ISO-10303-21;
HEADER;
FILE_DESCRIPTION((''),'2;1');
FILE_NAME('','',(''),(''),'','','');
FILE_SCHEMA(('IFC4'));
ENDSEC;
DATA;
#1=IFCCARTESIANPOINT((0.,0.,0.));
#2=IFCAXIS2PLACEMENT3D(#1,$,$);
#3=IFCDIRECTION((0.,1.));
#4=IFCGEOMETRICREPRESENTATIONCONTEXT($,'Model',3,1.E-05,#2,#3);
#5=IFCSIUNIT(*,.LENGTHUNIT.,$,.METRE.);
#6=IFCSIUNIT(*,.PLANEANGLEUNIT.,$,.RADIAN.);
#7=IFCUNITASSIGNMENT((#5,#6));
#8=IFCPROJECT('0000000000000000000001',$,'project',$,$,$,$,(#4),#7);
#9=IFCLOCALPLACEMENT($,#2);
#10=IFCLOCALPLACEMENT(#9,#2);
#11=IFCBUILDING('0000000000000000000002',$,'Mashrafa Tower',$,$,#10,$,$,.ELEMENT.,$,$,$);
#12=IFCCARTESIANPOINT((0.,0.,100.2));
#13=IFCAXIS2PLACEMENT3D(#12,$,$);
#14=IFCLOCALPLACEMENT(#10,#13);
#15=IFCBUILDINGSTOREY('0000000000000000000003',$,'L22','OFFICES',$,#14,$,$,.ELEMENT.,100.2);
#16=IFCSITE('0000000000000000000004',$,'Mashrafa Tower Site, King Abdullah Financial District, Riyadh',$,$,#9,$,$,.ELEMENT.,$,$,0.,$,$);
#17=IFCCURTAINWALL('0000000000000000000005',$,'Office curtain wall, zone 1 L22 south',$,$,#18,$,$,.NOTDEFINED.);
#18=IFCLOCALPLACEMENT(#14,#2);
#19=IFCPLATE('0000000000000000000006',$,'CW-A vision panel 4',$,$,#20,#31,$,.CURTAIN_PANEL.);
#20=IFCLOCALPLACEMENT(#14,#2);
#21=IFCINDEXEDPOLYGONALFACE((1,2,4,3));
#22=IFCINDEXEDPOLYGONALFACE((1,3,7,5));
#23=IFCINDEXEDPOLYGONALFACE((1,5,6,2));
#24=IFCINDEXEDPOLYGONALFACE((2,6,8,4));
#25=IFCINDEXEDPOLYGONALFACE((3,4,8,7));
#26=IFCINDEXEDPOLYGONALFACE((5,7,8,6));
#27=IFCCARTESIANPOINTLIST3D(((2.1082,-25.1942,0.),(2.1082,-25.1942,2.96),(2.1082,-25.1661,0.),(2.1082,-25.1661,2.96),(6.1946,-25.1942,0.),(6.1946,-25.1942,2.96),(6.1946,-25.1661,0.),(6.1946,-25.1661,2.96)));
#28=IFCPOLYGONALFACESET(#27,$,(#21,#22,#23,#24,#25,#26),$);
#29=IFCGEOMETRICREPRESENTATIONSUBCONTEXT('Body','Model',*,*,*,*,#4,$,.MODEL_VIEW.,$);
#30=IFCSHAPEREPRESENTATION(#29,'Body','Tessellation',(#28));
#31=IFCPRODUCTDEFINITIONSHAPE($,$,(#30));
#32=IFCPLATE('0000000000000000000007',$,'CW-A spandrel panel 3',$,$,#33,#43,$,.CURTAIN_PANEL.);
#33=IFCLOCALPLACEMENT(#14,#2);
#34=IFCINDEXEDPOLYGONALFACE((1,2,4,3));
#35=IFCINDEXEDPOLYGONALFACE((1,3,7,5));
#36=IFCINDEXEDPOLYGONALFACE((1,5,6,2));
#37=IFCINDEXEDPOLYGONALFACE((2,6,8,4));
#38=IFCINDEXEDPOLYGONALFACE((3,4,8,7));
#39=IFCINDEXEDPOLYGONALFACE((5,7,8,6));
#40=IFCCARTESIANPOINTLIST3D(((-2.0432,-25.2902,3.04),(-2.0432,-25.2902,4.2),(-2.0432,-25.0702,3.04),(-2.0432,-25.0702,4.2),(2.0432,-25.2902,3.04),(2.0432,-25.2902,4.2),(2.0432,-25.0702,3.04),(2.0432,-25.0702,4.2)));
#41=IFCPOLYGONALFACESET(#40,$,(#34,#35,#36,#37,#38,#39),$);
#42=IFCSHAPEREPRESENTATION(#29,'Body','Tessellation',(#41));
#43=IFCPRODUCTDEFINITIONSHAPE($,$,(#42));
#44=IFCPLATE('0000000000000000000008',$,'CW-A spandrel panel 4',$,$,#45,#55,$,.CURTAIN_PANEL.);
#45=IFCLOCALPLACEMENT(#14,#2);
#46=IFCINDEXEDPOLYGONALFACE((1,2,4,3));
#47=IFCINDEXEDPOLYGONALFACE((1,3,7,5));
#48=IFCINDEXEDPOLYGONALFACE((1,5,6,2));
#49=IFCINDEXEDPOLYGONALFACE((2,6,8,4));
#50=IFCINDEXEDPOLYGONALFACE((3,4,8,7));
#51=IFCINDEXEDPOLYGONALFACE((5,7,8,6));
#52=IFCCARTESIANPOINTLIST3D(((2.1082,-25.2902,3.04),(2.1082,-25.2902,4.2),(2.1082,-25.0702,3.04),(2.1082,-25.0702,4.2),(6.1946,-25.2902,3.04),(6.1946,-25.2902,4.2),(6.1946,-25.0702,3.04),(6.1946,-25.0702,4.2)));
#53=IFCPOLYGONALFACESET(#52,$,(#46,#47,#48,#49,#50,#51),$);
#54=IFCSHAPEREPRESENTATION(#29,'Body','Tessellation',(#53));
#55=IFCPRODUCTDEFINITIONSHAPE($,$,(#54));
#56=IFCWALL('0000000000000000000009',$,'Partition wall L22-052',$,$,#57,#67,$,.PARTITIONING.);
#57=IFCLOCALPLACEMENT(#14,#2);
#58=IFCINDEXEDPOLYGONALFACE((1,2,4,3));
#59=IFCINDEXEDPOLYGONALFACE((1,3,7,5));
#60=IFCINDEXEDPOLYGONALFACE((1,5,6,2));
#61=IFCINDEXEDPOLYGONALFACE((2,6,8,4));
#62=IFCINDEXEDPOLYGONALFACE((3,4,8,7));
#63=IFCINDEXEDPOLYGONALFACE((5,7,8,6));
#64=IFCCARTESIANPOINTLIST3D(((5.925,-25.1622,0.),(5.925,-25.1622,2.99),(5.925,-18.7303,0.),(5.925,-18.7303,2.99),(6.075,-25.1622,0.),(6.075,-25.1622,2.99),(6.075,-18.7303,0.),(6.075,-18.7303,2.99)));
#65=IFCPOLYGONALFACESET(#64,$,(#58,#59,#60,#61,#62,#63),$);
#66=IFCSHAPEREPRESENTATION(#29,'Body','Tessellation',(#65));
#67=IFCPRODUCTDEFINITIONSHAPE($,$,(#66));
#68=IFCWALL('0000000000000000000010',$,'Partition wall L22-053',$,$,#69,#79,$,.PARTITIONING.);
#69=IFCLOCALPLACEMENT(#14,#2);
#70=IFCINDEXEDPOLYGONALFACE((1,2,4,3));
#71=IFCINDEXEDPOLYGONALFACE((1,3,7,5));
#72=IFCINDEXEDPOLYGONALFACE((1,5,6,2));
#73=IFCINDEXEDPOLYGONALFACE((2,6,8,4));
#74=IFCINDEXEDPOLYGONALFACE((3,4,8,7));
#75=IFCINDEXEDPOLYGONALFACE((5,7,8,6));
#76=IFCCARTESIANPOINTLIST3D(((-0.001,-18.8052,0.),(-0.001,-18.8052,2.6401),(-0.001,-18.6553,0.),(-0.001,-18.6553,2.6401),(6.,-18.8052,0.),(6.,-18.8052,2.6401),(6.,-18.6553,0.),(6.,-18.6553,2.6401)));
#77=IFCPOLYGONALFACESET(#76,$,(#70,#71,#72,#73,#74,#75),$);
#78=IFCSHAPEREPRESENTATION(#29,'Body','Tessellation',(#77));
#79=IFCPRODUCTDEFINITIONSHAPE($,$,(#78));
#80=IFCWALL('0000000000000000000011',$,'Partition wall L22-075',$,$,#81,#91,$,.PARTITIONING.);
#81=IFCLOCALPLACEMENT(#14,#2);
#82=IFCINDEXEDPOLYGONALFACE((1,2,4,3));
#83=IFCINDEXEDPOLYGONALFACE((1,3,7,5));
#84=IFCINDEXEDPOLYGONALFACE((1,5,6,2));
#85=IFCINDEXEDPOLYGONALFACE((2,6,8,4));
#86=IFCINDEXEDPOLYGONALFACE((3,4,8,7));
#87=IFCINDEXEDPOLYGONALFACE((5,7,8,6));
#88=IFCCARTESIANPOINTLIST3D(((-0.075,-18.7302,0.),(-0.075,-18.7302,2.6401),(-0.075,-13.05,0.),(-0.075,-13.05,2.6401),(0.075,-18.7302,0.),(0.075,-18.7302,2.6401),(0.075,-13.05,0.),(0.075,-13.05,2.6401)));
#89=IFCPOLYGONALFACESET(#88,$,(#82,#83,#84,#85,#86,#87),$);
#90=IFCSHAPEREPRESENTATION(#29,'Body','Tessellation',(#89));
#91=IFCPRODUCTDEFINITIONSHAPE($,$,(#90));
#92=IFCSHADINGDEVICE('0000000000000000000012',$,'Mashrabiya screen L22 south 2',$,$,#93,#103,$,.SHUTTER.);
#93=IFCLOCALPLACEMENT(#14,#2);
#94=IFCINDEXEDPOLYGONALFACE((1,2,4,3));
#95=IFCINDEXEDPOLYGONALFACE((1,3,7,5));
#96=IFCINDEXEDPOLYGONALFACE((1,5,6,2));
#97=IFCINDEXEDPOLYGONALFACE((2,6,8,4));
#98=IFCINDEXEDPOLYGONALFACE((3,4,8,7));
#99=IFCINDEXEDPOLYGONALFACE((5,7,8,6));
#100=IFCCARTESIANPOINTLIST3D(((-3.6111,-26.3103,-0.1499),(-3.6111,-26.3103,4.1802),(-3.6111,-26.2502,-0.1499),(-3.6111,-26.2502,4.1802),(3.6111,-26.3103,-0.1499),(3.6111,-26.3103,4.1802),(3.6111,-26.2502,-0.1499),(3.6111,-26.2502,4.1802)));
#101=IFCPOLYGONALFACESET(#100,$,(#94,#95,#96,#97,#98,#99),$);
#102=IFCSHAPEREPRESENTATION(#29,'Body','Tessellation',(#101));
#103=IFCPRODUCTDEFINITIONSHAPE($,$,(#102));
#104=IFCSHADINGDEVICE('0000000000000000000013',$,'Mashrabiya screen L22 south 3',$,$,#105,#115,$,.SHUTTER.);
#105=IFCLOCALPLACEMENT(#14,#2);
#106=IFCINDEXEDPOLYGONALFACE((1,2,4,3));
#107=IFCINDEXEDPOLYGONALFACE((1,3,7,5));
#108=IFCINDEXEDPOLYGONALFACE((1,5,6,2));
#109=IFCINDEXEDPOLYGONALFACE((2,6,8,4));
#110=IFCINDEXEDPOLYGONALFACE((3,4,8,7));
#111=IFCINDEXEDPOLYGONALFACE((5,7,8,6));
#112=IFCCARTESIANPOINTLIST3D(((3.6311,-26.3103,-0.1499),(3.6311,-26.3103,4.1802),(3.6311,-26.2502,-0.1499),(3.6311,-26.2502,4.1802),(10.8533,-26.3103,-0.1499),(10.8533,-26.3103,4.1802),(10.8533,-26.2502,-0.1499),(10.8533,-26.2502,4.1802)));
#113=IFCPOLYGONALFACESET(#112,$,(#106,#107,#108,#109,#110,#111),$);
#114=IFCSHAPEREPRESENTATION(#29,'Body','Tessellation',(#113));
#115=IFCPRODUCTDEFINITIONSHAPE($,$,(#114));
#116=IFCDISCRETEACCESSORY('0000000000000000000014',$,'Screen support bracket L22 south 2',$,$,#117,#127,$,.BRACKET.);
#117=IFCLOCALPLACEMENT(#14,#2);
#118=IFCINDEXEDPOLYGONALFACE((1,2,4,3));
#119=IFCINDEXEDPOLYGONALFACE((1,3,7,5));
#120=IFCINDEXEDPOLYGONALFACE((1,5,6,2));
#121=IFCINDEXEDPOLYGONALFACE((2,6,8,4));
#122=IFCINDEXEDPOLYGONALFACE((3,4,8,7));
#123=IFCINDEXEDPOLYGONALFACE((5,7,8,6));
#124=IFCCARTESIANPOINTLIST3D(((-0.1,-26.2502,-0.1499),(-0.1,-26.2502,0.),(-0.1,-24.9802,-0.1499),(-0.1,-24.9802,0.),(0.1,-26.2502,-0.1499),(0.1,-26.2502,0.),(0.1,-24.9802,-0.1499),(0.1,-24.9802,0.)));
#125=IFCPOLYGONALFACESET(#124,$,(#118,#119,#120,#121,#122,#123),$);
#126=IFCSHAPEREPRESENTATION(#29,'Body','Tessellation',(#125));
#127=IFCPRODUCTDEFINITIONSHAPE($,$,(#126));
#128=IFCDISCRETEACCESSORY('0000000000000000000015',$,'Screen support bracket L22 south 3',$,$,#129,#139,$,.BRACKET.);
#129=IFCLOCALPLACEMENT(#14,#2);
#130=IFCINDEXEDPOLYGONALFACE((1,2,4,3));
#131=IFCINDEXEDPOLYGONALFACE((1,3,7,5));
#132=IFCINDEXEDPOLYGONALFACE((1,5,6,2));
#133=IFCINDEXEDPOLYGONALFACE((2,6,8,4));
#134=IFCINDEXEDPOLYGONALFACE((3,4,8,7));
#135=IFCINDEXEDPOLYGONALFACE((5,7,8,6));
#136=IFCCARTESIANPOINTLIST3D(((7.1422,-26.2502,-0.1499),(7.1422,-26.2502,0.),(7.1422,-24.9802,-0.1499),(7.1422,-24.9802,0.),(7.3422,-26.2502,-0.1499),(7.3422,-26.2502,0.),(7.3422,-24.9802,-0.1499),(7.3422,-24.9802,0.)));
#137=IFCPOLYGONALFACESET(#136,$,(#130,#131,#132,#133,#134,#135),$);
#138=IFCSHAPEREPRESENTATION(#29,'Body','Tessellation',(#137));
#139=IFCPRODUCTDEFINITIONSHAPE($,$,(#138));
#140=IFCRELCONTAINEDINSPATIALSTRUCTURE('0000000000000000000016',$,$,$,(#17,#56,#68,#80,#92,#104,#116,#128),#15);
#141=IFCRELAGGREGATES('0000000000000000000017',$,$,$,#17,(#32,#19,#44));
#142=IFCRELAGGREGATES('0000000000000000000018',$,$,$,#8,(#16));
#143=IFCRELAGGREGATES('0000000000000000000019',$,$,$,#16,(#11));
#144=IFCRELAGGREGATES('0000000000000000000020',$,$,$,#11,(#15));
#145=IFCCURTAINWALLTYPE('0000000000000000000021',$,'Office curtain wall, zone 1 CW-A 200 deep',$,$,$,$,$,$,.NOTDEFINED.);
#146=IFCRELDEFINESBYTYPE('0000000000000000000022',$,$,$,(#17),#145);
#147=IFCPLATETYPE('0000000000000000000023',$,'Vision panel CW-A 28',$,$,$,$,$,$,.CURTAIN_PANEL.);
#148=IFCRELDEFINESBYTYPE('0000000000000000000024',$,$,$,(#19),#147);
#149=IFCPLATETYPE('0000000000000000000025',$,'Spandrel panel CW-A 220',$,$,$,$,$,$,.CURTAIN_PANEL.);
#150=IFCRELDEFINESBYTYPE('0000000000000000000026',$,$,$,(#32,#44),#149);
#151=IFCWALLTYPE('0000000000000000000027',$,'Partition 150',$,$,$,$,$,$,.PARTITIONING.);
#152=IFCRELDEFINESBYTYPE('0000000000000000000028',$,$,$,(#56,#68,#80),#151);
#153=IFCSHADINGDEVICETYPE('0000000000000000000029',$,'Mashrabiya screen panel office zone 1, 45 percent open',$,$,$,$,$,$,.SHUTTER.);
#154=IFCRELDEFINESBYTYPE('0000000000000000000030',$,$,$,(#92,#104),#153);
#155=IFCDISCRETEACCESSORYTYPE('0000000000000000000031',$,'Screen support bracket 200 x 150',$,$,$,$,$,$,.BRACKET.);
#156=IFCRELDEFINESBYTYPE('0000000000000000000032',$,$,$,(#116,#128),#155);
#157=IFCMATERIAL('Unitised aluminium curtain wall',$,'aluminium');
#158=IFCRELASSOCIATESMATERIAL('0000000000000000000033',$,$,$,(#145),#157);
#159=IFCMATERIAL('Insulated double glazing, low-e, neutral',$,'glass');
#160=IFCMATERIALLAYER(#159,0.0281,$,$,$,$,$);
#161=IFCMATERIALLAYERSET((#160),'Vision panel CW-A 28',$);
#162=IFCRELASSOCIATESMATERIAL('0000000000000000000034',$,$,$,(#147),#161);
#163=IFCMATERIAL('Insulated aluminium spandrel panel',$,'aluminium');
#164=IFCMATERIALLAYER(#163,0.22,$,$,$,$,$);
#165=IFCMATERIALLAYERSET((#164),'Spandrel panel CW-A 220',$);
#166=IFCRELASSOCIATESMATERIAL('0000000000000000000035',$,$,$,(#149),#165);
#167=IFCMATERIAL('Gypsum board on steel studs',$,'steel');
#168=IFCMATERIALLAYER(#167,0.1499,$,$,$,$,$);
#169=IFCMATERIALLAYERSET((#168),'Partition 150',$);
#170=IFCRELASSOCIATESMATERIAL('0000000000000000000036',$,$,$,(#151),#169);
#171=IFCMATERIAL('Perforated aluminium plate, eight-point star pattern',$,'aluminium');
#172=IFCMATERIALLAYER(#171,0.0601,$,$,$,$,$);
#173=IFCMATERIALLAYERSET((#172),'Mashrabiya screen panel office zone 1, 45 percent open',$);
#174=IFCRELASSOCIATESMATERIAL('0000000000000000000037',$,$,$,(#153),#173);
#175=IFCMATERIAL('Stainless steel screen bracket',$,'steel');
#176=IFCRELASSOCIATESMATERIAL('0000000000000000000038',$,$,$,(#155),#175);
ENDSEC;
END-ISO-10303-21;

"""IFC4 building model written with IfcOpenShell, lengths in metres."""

from ifc_helpers import new_model, si_unit, direction, frame, frame_2d, origin, origin_2d, place, context, subcontext, project, spatial, rectangle, extrude, source, transform, mapped, material, layer, layer_set, type_object, type_shapes, element, aggregate, save


model = new_model("IFC4")

# Units and contexts
model_context = context("Model", 3, precision=1e-05, world=origin(), true_north=direction((0.0, 1.0)))
body_context = subcontext(model_context, "Body", "Model", "MODEL_VIEW")
ifc_project = project(units=[si_unit("LENGTHUNIT", "METRE"), si_unit("PLANEANGLEUNIT", "RADIAN")], contexts=[model_context])

# Site, building, storey
site_placement = place(None, origin())
site = spatial("IfcSite", under=ifc_project, at=site_placement, Name="Mashrafa Tower Site, King Abdullah Financial District, Riyadh", CompositionType="ELEMENT", RefElevation=0.0)
building_placement = place(site_placement, origin())
building = spatial("IfcBuilding", under=site, at=building_placement, Name="Mashrafa Tower", CompositionType="ELEMENT")
storey_placement = place(building_placement, frame((0.0, 0.0, 100.2)))
storey = spatial("IfcBuildingStorey", under=building, at=storey_placement, Name="L22", Description="OFFICES", CompositionType="ELEMENT", Elevation=100.2)

# Curtain wall
ifc_material_1 = material(Name="Unitised aluminium curtain wall", Category="aluminium")
curtain_wall_type = type_object("IfcCurtainWallType", Name="Office curtain wall, zone 1 CW-A 200 deep", PredefinedType="NOTDEFINED", material=ifc_material_1)
curtain_wall_1_placement = place(storey_placement, origin())
curtain_wall_1 = element("IfcCurtainWall", 1, at=curtain_wall_1_placement, inside=storey, type_object=curtain_wall_type, Name="Office curtain wall, zone 1 L22 south", PredefinedType="NOTDEFINED")

# Plates
ifc_material_2 = material(Name="Insulated double glazing, low-e, neutral", Category="glass")
ifc_layer_1 = layer(ifc_material_2, 0.0281)
ifc_layer_set_1 = layer_set([ifc_layer_1], Name="Vision panel CW-A 28")
plate_type_1 = type_object("IfcPlateType", Name="Vision panel CW-A 28", PredefinedType="CURTAIN_PANEL", material=ifc_layer_set_1)
ifc_material_3 = material(Name="Insulated aluminium spandrel panel", Category="aluminium")
ifc_layer_2 = layer(ifc_material_3, 0.22)
ifc_layer_set_2 = layer_set([ifc_layer_2], Name="Spandrel panel CW-A 220")
plate_type_2 = type_object("IfcPlateType", Name="Spandrel panel CW-A 220", PredefinedType="CURTAIN_PANEL", material=ifc_layer_set_2)
shared_shape_1 = source(origin(), body_context, "Body", "SweptSolid", [
    extrude(rectangle(XDim=4.0864, YDim=0.0281, at=origin_2d()), origin(), (0.0, 0.0, 1.0), 2.96),
])
plate_1_placement = place(storey_placement, frame((4.1514, -25.1802, 0.0), z_axis=(0.0, 0.0, 1.0), x_axis=(1.0, 0.0, 0.0)))
plate_1 = element("IfcPlate", 2, at=plate_1_placement, type_object=plate_type_1, Name="CW-A vision panel 4", PredefinedType="CURTAIN_PANEL", context=body_context, shape_type="MappedRepresentation", body=[
    mapped(shared_shape_1, transform((0.0, 0.0, 0.0))),
])
shared_shape_2 = source(origin(), body_context, "Body", "SweptSolid", [
    extrude(rectangle(XDim=4.0864, YDim=0.22, at=origin_2d()), origin(), (0.0, 0.0, 1.0), 1.1599),
])
plate_2_placement = place(storey_placement, frame((0.0, -25.1802, 3.04), z_axis=(0.0, 0.0, 1.0), x_axis=(1.0, 0.0, 0.0)))
plate_2 = element("IfcPlate", 3, at=plate_2_placement, type_object=plate_type_2, Name="CW-A spandrel panel 3", PredefinedType="CURTAIN_PANEL", context=body_context, shape_type="MappedRepresentation", body=[
    mapped(shared_shape_2, transform((0.0, 0.0, 0.0))),
])
plate_3_placement = place(storey_placement, frame((4.1514, -25.1802, 3.04), z_axis=(0.0, 0.0, 1.0), x_axis=(1.0, 0.0, 0.0)))
plate_3 = element("IfcPlate", 4, at=plate_3_placement, type_object=plate_type_2, Name="CW-A spandrel panel 4", PredefinedType="CURTAIN_PANEL", context=body_context, shape_type="MappedRepresentation", body=[
    mapped(shared_shape_2, transform((0.0, 0.0, 0.0))),
])
aggregate(curtain_wall_1, [plate_2, plate_1, plate_3])

# Shared definitions
ifc_material_4 = material(Name="Gypsum board on steel studs", Category="steel")
ifc_layer_3 = layer(ifc_material_4, 0.1499)
ifc_layer_set_3 = layer_set([ifc_layer_3], Name="Partition 150")
wall_type = type_object("IfcWallType", Name="Partition 150", PredefinedType="PARTITIONING", material=ifc_layer_set_3)

# Walls
wall_1_placement = place(storey_placement, frame((6.0, -25.1621, 0.0), z_axis=(0.0, 0.0, 1.0), x_axis=(0.0, 1.0, 0.0)))
element("IfcWall", 5, at=wall_1_placement, inside=storey, type_object=wall_type, Name="Partition wall L22-052", PredefinedType="PARTITIONING", context=body_context, shape_type="SweptSolid", body=[
    extrude(rectangle(XDim=6.4319, YDim=0.1499, at=frame_2d((3.2158, 0.0))), origin(), (0.0, 0.0, 1.0), 2.99),
])
wall_2_placement = place(storey_placement, frame((6.0, -18.7302, 0.0), z_axis=(0.0, 0.0, 1.0), x_axis=(-1.0, 0.0, 0.0)))
element("IfcWall", 6, at=wall_2_placement, inside=storey, type_object=wall_type, Name="Partition wall L22-053", PredefinedType="PARTITIONING", context=body_context, shape_type="SweptSolid", body=[
    extrude(rectangle(XDim=6.001, YDim=0.1499, at=frame_2d((3.0005, 0.0))), origin(), (0.0, 0.0, 1.0), 2.6401),
])
wall_3_placement = place(storey_placement, frame((0.0, -18.7302, 0.0), z_axis=(0.0, 0.0, 1.0), x_axis=(0.0, 1.0, 0.0)))
element("IfcWall", 7, at=wall_3_placement, inside=storey, type_object=wall_type, Name="Partition wall L22-075", PredefinedType="PARTITIONING", context=body_context, shape_type="SweptSolid", body=[
    extrude(rectangle(XDim=5.6802, YDim=0.1499, at=frame_2d((2.8401, 0.0))), origin(), (0.0, 0.0, 1.0), 2.6401),
])

# Shading devices
ifc_material_5 = material(Name="Perforated aluminium plate, eight-point star pattern", Category="aluminium")
ifc_layer_4 = layer(ifc_material_5, 0.0601)
ifc_layer_set_4 = layer_set([ifc_layer_4], Name="Mashrabiya screen panel office zone 1, 45 percent open")
shading_device_type = type_object("IfcShadingDeviceType", Name="Mashrabiya screen panel office zone 1, 45 percent open", PredefinedType="SHUTTER", material=ifc_layer_set_4)
shared_shape_3 = source(origin(), body_context, "Body", "SweptSolid", [
    extrude(rectangle(XDim=7.2222, YDim=0.0601, at=origin_2d()), origin(), (0.0, 0.0, 1.0), 4.3301),
])
type_shapes(shading_device_type, [shared_shape_3])
for number, where, z_axis, x_axis, name in (
    (8, (0.0, -26.2803, -0.1499), (0.0, 0.0, 1.0), (1.0, 0.0, 0.0), "Mashrabiya screen L22 south 2"),
    (9, (7.2422, -26.2803, -0.1499), (0.0, 0.0, 1.0), (1.0, 0.0, 0.0), "Mashrabiya screen L22 south 3"),
):
    element("IfcShadingDevice", number, at=place(storey_placement, frame(where, z_axis=z_axis, x_axis=x_axis)), inside=storey, type_object=shading_device_type, Name=name, PredefinedType="SHUTTER", context=body_context, shape_type="MappedRepresentation", body=[
        mapped(shared_shape_3, transform((0.0, 0.0, 0.0))),
    ])

# Discrete accessories
ifc_material_6 = material(Name="Stainless steel screen bracket", Category="steel")
discrete_accessory_type = type_object("IfcDiscreteAccessoryType", Name="Screen support bracket 200 x 150", PredefinedType="BRACKET", material=ifc_material_6)
shared_shape_4 = source(origin(), body_context, "Body", "SweptSolid", [
    extrude(rectangle(XDim=0.2, YDim=1.27, at=origin_2d()), origin(), (0.0, 0.0, 1.0), 0.1499),
])
type_shapes(discrete_accessory_type, [shared_shape_4])
for number, where, z_axis, x_axis, name in (
    (10, (0.0, -25.6152, -0.1499), (0.0, 0.0, 1.0), (1.0, 0.0, 0.0), "Screen support bracket L22 south 2"),
    (11, (7.2422, -25.6152, -0.1499), (0.0, 0.0, 1.0), (1.0, 0.0, 0.0), "Screen support bracket L22 south 3"),
):
    element("IfcDiscreteAccessory", number, at=place(storey_placement, frame(where, z_axis=z_axis, x_axis=x_axis)), inside=storey, type_object=discrete_accessory_type, Name=name, PredefinedType="BRACKET", context=body_context, shape_type="MappedRepresentation", body=[
        mapped(shared_shape_4, transform((0.0, 0.0, 0.0))),
    ])

save(model, "model.ifc")
